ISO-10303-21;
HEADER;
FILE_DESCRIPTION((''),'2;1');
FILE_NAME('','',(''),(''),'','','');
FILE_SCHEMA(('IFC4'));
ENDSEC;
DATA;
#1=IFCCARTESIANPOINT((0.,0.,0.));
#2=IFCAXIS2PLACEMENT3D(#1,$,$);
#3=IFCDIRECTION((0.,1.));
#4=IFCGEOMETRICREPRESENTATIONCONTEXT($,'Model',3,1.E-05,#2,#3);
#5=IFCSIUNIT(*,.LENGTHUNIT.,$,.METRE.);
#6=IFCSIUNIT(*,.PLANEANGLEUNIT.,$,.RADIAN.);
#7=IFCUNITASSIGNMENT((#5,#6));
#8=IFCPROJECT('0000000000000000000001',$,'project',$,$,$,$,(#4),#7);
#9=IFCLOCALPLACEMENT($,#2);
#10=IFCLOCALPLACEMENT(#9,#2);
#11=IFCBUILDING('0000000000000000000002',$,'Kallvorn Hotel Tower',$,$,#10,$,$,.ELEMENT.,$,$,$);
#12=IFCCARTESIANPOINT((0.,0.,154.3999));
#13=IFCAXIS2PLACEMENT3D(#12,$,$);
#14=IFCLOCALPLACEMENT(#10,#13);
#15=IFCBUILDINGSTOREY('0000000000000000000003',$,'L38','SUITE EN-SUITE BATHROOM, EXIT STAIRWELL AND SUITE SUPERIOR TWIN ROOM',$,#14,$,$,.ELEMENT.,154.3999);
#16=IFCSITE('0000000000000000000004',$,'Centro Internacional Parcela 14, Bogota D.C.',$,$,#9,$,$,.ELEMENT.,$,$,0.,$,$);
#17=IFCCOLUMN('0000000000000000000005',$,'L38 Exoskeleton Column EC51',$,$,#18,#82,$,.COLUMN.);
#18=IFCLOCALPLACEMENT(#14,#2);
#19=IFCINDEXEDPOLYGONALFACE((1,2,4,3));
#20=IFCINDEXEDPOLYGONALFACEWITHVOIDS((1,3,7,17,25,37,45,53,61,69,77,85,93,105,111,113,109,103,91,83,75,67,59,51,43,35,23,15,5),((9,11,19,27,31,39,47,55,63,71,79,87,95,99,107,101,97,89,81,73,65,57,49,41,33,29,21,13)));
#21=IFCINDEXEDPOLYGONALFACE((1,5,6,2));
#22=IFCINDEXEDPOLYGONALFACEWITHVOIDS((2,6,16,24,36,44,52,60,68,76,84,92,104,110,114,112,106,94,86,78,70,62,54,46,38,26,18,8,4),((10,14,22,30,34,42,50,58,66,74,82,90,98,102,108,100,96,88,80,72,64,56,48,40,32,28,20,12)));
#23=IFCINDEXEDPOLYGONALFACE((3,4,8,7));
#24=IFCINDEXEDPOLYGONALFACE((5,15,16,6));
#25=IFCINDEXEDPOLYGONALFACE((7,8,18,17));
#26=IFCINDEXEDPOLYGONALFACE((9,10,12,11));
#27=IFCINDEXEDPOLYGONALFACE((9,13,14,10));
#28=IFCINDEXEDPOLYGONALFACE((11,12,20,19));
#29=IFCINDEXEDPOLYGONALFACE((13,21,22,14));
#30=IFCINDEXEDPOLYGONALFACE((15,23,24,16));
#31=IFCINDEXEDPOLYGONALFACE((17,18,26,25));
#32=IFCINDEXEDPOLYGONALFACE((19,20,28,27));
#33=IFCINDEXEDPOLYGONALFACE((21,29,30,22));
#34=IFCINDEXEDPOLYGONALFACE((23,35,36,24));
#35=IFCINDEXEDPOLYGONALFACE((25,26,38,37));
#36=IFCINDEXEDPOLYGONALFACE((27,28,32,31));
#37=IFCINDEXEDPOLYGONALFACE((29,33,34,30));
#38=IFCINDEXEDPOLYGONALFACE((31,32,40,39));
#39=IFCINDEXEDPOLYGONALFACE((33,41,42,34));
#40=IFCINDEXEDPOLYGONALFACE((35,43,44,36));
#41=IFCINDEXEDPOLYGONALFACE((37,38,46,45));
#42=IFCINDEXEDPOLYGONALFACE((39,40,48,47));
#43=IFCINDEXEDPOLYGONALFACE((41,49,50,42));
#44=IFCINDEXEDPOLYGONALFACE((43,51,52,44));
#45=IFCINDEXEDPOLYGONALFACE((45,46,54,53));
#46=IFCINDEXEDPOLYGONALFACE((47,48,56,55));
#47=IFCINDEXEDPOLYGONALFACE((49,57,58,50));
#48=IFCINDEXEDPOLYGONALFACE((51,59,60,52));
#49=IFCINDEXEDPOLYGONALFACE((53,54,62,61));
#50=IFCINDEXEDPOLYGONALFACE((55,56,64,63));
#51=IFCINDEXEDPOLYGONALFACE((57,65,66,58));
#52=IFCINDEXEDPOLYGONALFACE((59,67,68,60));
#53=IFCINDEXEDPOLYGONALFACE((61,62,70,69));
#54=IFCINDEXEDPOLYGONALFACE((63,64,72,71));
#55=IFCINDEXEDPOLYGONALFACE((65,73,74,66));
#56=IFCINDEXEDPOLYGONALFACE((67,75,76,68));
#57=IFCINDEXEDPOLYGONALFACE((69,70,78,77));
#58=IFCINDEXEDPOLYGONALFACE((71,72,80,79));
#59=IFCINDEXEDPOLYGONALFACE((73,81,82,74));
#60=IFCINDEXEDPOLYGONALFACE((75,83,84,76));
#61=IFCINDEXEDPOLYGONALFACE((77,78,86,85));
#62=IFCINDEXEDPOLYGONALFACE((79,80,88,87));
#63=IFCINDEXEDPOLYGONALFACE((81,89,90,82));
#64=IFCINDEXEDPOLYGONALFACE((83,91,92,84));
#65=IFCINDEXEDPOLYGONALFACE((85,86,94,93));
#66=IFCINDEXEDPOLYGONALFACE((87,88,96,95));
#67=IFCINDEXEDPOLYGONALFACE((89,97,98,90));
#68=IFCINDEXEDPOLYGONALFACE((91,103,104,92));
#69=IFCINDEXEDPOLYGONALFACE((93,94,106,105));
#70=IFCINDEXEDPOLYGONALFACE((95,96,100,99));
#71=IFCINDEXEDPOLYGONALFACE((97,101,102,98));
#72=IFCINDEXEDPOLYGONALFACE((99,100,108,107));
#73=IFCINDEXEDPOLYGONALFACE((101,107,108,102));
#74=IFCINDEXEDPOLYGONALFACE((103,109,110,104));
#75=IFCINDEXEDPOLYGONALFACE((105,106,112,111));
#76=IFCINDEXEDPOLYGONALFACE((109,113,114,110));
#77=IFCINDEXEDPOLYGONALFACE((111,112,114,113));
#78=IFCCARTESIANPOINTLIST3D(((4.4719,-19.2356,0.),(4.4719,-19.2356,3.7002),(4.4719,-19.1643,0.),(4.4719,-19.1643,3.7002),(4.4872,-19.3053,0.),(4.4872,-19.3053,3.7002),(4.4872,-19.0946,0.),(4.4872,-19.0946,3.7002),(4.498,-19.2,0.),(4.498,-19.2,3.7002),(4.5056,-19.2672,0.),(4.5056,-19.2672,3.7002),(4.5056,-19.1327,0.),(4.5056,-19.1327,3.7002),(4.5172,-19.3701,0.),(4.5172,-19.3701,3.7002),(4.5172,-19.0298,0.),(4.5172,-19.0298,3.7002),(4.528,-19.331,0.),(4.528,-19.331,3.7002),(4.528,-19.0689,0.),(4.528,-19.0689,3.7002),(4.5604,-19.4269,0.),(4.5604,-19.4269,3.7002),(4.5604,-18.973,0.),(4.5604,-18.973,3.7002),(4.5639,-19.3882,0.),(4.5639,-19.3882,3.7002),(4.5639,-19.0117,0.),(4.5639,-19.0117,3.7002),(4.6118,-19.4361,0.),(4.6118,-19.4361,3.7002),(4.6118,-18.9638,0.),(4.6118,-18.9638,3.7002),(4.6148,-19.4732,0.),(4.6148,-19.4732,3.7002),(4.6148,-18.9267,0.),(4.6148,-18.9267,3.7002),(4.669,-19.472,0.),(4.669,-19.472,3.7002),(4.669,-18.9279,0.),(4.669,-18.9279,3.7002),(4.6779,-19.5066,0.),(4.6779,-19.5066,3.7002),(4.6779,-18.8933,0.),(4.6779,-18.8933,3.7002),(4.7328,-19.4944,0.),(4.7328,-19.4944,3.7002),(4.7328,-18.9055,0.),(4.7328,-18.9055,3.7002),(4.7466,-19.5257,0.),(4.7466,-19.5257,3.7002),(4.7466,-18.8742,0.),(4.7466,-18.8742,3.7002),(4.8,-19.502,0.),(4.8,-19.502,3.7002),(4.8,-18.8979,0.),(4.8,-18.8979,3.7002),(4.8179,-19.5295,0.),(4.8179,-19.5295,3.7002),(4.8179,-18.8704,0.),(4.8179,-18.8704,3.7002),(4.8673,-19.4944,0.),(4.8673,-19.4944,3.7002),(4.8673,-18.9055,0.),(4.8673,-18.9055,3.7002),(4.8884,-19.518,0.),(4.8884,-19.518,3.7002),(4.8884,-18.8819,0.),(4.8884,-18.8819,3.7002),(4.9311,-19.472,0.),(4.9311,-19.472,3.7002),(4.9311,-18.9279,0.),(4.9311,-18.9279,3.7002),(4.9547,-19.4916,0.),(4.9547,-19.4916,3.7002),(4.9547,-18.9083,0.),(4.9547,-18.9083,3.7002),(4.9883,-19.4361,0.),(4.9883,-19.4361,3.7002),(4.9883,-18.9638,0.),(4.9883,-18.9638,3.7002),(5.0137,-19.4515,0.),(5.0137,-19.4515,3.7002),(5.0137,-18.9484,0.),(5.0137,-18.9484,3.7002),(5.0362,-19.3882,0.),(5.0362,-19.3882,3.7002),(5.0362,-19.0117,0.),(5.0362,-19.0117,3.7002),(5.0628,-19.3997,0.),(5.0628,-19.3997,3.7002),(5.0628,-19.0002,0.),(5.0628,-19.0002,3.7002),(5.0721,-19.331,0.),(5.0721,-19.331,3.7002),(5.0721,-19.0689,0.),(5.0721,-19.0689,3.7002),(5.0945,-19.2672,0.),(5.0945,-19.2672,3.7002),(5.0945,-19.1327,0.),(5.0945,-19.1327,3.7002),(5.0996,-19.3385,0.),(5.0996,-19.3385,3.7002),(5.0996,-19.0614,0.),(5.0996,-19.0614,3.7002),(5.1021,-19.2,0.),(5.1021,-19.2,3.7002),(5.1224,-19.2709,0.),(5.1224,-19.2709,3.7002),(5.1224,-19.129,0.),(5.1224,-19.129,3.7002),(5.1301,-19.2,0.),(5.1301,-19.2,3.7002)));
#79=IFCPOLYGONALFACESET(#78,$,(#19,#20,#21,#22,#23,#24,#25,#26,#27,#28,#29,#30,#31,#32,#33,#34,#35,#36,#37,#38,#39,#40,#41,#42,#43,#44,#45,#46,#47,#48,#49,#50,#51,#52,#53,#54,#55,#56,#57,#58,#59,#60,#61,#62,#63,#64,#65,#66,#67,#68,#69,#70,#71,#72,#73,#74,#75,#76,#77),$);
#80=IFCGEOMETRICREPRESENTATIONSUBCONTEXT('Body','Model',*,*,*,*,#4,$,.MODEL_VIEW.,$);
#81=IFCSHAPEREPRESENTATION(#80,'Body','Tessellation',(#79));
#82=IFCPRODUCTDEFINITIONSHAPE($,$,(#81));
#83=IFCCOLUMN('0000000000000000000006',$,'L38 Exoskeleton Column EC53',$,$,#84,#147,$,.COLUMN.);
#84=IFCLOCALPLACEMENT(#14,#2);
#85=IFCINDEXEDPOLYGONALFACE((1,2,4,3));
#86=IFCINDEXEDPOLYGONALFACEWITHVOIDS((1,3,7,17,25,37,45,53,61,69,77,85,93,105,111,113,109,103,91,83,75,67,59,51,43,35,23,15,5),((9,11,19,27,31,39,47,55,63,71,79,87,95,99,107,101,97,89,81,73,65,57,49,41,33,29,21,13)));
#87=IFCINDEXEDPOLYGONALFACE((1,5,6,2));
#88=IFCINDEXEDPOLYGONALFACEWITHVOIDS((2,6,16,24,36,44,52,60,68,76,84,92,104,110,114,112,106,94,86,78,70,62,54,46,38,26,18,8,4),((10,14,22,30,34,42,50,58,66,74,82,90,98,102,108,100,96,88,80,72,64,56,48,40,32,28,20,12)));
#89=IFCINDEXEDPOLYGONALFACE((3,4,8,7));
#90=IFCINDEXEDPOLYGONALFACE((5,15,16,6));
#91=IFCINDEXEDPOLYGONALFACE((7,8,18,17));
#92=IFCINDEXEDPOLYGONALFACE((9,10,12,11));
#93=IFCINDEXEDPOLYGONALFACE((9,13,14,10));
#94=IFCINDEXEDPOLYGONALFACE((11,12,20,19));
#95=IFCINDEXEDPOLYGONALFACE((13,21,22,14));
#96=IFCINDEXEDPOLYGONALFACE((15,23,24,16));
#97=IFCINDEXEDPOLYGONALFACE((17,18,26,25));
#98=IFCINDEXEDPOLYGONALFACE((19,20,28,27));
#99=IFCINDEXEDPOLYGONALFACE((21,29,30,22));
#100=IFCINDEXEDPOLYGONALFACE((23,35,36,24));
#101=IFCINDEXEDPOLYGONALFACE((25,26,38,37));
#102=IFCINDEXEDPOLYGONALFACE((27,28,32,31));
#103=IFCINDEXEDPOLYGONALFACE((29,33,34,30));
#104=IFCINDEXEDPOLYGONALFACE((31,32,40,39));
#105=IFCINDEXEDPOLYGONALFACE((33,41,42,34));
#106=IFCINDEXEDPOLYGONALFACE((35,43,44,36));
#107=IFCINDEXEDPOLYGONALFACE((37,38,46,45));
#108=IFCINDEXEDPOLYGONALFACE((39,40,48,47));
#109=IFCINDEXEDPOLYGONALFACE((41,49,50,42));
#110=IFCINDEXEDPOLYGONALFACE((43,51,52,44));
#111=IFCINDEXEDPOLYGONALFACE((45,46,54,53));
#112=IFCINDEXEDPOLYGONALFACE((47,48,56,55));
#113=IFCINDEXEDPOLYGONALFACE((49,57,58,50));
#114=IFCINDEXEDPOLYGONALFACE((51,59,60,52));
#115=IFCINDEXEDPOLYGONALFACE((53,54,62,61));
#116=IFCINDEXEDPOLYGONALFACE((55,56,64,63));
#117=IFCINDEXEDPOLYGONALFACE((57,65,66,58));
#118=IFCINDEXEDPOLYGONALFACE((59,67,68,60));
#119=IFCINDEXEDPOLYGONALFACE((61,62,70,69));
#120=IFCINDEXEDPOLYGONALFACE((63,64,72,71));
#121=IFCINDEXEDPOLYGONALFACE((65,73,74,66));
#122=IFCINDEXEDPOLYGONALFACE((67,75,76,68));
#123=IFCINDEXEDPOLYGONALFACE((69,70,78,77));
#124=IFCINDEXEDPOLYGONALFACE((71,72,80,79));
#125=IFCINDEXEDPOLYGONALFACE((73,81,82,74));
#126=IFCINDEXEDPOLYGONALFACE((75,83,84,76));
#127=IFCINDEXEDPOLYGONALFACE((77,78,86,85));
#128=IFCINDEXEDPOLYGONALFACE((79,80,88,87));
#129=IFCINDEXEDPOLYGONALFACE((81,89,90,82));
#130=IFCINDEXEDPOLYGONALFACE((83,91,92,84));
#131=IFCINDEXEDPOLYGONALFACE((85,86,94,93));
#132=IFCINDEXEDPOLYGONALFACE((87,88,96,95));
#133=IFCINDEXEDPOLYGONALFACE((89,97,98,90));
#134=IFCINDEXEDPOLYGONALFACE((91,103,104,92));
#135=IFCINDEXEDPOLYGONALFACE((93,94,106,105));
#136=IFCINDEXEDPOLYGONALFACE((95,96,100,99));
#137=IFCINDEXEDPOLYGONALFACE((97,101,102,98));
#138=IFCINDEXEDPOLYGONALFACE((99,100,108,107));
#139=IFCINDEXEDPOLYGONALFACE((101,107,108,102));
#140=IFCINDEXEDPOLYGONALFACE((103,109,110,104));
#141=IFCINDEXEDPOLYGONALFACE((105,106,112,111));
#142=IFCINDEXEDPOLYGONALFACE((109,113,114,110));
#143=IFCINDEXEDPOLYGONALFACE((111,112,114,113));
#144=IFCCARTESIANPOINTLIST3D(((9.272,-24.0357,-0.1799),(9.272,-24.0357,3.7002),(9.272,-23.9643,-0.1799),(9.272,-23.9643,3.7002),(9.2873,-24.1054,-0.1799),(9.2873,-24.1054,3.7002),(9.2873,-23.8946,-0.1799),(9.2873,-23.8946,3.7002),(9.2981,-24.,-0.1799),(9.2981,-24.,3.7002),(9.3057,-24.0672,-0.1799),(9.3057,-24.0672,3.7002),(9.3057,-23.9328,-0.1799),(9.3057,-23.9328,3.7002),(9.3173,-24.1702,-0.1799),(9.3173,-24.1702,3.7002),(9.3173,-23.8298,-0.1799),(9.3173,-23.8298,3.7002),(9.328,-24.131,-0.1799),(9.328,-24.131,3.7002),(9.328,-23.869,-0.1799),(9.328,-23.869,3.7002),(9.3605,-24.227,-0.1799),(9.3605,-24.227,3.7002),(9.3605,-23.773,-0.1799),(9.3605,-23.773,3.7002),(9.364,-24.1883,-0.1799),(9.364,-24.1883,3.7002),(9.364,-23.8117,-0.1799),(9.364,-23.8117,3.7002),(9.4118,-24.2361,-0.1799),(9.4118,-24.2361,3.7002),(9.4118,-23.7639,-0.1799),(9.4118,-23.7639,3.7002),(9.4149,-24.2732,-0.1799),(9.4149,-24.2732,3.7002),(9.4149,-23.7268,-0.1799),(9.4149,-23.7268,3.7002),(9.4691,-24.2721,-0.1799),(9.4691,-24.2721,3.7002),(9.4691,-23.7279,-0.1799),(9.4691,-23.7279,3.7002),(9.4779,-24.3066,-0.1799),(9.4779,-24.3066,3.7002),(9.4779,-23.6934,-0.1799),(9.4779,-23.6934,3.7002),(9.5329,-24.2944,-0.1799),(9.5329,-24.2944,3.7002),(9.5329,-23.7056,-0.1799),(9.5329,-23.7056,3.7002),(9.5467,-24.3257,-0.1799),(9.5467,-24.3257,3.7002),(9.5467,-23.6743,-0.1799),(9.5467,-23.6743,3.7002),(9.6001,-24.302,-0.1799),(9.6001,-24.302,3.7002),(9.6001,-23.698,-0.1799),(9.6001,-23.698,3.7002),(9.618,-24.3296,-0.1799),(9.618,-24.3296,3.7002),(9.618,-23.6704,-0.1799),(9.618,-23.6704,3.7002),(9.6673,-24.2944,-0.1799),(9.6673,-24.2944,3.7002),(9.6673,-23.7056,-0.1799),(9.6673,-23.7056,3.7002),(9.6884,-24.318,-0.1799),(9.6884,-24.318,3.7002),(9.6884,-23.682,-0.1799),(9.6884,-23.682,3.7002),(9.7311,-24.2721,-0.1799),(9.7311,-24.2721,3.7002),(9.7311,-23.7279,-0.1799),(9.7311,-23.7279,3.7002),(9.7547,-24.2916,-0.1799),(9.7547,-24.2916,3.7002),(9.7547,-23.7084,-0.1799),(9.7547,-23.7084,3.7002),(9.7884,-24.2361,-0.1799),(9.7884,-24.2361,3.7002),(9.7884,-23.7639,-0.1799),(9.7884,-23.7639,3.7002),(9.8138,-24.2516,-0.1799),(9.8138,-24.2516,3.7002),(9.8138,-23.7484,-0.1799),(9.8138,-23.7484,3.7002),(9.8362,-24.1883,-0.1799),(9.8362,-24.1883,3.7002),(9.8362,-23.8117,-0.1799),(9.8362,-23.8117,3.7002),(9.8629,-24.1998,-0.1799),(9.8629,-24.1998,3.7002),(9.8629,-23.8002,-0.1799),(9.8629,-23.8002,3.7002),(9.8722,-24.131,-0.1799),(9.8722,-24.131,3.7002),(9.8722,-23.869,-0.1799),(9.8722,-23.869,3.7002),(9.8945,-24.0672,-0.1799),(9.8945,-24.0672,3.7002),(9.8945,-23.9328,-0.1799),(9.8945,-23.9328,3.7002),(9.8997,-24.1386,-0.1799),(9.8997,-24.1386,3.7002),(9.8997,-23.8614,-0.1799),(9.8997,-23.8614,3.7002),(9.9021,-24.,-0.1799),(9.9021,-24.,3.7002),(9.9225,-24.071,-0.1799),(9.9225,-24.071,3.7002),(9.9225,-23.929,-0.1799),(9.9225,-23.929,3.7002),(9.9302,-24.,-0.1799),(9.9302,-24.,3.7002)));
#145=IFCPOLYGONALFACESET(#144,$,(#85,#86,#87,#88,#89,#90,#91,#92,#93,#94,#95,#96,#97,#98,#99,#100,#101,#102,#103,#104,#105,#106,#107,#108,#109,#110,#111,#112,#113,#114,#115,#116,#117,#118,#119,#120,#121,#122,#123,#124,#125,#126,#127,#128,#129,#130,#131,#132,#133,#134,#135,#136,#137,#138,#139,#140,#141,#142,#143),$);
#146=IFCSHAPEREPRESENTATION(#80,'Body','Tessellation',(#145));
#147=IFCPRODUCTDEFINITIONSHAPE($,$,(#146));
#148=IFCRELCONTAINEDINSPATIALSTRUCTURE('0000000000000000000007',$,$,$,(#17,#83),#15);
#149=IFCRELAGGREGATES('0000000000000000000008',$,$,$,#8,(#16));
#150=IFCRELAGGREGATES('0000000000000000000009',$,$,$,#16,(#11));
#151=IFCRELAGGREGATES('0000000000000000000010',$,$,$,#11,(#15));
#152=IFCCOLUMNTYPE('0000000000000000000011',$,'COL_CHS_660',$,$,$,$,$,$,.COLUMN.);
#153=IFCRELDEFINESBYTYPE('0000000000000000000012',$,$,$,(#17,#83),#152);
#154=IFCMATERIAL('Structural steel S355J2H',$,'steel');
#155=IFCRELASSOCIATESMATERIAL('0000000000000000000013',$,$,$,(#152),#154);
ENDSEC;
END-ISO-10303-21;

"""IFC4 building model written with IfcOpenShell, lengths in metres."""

from ifc_helpers import new_model, si_unit, direction, frame, origin, origin_2d, place, context, subcontext, project, spatial, hollow_circle, extrude, material, material_profile, profile_set, type_object, element, save


model = new_model("IFC4")

# Units and contexts
model_context = context("Model", 3, precision=1e-05, world=origin(), true_north=direction((0.0, 1.0)))
body_context = subcontext(model_context, "Body", "Model", "MODEL_VIEW")
ifc_project = project(units=[si_unit("LENGTHUNIT", "METRE"), si_unit("PLANEANGLEUNIT", "RADIAN")], contexts=[model_context])

# Site, building, storey
site_placement = place(None, origin())
site = spatial("IfcSite", under=ifc_project, at=site_placement, Name="Centro Internacional Parcela 14, Bogota D.C.", CompositionType="ELEMENT", RefElevation=0.0)
building_placement = place(site_placement, origin())
building = spatial("IfcBuilding", under=site, at=building_placement, Name="Kallvorn Hotel Tower", CompositionType="ELEMENT")
storey_placement = place(building_placement, frame((0.0, 0.0, 154.3999)))
storey = spatial("IfcBuildingStorey", under=building, at=storey_placement, Name="L38", Description="SUITE EN-SUITE BATHROOM, EXIT STAIRWELL AND SUITE SUPERIOR TWIN ROOM", CompositionType="ELEMENT", Elevation=154.3999)

# Columns
ifc_material_1 = material(Name="Structural steel S355J2H", Category="steel")
ifc_material_profile_1 = material_profile(ifc_material_1, hollow_circle(Radius=0.3301, WallThickness=0.0281, at=origin_2d()), Name="CHS 660x28")
ifc_profile_set_1 = profile_set([ifc_material_profile_1], Name="Structural steel S355J2H")
column_type = type_object("IfcColumnType", Name="COL_CHS_660", PredefinedType="COLUMN", material=ifc_profile_set_1)
column_1_placement = place(storey_placement, frame((4.8, -19.2, 0.0), z_axis=(0.0, 0.0, 1.0), x_axis=(1.0, 0.0, 0.0)))
element("IfcColumn", 1, at=column_1_placement, inside=storey, type_object=column_type, Name="L38 Exoskeleton Column EC51", PredefinedType="COLUMN", context=body_context, shape_type="SweptSolid", body=[
    extrude(hollow_circle(Radius=0.3301, WallThickness=0.0281, at=origin_2d()), origin(), (0.0, 0.0, 1.0), 3.7002),
])
column_2_placement = place(storey_placement, frame((9.6001, -24.0, -0.1799), z_axis=(0.0, 0.0, 1.0), x_axis=(1.0, 0.0, 0.0)))
element("IfcColumn", 2, at=column_2_placement, inside=storey, type_object=column_type, Name="L38 Exoskeleton Column EC53", PredefinedType="COLUMN", context=body_context, shape_type="SweptSolid", body=[
    extrude(hollow_circle(Radius=0.3301, WallThickness=0.0281, at=origin_2d()), origin(), (0.0, 0.0, 1.0), 3.8801),
])

save(model, "model.ifc")
